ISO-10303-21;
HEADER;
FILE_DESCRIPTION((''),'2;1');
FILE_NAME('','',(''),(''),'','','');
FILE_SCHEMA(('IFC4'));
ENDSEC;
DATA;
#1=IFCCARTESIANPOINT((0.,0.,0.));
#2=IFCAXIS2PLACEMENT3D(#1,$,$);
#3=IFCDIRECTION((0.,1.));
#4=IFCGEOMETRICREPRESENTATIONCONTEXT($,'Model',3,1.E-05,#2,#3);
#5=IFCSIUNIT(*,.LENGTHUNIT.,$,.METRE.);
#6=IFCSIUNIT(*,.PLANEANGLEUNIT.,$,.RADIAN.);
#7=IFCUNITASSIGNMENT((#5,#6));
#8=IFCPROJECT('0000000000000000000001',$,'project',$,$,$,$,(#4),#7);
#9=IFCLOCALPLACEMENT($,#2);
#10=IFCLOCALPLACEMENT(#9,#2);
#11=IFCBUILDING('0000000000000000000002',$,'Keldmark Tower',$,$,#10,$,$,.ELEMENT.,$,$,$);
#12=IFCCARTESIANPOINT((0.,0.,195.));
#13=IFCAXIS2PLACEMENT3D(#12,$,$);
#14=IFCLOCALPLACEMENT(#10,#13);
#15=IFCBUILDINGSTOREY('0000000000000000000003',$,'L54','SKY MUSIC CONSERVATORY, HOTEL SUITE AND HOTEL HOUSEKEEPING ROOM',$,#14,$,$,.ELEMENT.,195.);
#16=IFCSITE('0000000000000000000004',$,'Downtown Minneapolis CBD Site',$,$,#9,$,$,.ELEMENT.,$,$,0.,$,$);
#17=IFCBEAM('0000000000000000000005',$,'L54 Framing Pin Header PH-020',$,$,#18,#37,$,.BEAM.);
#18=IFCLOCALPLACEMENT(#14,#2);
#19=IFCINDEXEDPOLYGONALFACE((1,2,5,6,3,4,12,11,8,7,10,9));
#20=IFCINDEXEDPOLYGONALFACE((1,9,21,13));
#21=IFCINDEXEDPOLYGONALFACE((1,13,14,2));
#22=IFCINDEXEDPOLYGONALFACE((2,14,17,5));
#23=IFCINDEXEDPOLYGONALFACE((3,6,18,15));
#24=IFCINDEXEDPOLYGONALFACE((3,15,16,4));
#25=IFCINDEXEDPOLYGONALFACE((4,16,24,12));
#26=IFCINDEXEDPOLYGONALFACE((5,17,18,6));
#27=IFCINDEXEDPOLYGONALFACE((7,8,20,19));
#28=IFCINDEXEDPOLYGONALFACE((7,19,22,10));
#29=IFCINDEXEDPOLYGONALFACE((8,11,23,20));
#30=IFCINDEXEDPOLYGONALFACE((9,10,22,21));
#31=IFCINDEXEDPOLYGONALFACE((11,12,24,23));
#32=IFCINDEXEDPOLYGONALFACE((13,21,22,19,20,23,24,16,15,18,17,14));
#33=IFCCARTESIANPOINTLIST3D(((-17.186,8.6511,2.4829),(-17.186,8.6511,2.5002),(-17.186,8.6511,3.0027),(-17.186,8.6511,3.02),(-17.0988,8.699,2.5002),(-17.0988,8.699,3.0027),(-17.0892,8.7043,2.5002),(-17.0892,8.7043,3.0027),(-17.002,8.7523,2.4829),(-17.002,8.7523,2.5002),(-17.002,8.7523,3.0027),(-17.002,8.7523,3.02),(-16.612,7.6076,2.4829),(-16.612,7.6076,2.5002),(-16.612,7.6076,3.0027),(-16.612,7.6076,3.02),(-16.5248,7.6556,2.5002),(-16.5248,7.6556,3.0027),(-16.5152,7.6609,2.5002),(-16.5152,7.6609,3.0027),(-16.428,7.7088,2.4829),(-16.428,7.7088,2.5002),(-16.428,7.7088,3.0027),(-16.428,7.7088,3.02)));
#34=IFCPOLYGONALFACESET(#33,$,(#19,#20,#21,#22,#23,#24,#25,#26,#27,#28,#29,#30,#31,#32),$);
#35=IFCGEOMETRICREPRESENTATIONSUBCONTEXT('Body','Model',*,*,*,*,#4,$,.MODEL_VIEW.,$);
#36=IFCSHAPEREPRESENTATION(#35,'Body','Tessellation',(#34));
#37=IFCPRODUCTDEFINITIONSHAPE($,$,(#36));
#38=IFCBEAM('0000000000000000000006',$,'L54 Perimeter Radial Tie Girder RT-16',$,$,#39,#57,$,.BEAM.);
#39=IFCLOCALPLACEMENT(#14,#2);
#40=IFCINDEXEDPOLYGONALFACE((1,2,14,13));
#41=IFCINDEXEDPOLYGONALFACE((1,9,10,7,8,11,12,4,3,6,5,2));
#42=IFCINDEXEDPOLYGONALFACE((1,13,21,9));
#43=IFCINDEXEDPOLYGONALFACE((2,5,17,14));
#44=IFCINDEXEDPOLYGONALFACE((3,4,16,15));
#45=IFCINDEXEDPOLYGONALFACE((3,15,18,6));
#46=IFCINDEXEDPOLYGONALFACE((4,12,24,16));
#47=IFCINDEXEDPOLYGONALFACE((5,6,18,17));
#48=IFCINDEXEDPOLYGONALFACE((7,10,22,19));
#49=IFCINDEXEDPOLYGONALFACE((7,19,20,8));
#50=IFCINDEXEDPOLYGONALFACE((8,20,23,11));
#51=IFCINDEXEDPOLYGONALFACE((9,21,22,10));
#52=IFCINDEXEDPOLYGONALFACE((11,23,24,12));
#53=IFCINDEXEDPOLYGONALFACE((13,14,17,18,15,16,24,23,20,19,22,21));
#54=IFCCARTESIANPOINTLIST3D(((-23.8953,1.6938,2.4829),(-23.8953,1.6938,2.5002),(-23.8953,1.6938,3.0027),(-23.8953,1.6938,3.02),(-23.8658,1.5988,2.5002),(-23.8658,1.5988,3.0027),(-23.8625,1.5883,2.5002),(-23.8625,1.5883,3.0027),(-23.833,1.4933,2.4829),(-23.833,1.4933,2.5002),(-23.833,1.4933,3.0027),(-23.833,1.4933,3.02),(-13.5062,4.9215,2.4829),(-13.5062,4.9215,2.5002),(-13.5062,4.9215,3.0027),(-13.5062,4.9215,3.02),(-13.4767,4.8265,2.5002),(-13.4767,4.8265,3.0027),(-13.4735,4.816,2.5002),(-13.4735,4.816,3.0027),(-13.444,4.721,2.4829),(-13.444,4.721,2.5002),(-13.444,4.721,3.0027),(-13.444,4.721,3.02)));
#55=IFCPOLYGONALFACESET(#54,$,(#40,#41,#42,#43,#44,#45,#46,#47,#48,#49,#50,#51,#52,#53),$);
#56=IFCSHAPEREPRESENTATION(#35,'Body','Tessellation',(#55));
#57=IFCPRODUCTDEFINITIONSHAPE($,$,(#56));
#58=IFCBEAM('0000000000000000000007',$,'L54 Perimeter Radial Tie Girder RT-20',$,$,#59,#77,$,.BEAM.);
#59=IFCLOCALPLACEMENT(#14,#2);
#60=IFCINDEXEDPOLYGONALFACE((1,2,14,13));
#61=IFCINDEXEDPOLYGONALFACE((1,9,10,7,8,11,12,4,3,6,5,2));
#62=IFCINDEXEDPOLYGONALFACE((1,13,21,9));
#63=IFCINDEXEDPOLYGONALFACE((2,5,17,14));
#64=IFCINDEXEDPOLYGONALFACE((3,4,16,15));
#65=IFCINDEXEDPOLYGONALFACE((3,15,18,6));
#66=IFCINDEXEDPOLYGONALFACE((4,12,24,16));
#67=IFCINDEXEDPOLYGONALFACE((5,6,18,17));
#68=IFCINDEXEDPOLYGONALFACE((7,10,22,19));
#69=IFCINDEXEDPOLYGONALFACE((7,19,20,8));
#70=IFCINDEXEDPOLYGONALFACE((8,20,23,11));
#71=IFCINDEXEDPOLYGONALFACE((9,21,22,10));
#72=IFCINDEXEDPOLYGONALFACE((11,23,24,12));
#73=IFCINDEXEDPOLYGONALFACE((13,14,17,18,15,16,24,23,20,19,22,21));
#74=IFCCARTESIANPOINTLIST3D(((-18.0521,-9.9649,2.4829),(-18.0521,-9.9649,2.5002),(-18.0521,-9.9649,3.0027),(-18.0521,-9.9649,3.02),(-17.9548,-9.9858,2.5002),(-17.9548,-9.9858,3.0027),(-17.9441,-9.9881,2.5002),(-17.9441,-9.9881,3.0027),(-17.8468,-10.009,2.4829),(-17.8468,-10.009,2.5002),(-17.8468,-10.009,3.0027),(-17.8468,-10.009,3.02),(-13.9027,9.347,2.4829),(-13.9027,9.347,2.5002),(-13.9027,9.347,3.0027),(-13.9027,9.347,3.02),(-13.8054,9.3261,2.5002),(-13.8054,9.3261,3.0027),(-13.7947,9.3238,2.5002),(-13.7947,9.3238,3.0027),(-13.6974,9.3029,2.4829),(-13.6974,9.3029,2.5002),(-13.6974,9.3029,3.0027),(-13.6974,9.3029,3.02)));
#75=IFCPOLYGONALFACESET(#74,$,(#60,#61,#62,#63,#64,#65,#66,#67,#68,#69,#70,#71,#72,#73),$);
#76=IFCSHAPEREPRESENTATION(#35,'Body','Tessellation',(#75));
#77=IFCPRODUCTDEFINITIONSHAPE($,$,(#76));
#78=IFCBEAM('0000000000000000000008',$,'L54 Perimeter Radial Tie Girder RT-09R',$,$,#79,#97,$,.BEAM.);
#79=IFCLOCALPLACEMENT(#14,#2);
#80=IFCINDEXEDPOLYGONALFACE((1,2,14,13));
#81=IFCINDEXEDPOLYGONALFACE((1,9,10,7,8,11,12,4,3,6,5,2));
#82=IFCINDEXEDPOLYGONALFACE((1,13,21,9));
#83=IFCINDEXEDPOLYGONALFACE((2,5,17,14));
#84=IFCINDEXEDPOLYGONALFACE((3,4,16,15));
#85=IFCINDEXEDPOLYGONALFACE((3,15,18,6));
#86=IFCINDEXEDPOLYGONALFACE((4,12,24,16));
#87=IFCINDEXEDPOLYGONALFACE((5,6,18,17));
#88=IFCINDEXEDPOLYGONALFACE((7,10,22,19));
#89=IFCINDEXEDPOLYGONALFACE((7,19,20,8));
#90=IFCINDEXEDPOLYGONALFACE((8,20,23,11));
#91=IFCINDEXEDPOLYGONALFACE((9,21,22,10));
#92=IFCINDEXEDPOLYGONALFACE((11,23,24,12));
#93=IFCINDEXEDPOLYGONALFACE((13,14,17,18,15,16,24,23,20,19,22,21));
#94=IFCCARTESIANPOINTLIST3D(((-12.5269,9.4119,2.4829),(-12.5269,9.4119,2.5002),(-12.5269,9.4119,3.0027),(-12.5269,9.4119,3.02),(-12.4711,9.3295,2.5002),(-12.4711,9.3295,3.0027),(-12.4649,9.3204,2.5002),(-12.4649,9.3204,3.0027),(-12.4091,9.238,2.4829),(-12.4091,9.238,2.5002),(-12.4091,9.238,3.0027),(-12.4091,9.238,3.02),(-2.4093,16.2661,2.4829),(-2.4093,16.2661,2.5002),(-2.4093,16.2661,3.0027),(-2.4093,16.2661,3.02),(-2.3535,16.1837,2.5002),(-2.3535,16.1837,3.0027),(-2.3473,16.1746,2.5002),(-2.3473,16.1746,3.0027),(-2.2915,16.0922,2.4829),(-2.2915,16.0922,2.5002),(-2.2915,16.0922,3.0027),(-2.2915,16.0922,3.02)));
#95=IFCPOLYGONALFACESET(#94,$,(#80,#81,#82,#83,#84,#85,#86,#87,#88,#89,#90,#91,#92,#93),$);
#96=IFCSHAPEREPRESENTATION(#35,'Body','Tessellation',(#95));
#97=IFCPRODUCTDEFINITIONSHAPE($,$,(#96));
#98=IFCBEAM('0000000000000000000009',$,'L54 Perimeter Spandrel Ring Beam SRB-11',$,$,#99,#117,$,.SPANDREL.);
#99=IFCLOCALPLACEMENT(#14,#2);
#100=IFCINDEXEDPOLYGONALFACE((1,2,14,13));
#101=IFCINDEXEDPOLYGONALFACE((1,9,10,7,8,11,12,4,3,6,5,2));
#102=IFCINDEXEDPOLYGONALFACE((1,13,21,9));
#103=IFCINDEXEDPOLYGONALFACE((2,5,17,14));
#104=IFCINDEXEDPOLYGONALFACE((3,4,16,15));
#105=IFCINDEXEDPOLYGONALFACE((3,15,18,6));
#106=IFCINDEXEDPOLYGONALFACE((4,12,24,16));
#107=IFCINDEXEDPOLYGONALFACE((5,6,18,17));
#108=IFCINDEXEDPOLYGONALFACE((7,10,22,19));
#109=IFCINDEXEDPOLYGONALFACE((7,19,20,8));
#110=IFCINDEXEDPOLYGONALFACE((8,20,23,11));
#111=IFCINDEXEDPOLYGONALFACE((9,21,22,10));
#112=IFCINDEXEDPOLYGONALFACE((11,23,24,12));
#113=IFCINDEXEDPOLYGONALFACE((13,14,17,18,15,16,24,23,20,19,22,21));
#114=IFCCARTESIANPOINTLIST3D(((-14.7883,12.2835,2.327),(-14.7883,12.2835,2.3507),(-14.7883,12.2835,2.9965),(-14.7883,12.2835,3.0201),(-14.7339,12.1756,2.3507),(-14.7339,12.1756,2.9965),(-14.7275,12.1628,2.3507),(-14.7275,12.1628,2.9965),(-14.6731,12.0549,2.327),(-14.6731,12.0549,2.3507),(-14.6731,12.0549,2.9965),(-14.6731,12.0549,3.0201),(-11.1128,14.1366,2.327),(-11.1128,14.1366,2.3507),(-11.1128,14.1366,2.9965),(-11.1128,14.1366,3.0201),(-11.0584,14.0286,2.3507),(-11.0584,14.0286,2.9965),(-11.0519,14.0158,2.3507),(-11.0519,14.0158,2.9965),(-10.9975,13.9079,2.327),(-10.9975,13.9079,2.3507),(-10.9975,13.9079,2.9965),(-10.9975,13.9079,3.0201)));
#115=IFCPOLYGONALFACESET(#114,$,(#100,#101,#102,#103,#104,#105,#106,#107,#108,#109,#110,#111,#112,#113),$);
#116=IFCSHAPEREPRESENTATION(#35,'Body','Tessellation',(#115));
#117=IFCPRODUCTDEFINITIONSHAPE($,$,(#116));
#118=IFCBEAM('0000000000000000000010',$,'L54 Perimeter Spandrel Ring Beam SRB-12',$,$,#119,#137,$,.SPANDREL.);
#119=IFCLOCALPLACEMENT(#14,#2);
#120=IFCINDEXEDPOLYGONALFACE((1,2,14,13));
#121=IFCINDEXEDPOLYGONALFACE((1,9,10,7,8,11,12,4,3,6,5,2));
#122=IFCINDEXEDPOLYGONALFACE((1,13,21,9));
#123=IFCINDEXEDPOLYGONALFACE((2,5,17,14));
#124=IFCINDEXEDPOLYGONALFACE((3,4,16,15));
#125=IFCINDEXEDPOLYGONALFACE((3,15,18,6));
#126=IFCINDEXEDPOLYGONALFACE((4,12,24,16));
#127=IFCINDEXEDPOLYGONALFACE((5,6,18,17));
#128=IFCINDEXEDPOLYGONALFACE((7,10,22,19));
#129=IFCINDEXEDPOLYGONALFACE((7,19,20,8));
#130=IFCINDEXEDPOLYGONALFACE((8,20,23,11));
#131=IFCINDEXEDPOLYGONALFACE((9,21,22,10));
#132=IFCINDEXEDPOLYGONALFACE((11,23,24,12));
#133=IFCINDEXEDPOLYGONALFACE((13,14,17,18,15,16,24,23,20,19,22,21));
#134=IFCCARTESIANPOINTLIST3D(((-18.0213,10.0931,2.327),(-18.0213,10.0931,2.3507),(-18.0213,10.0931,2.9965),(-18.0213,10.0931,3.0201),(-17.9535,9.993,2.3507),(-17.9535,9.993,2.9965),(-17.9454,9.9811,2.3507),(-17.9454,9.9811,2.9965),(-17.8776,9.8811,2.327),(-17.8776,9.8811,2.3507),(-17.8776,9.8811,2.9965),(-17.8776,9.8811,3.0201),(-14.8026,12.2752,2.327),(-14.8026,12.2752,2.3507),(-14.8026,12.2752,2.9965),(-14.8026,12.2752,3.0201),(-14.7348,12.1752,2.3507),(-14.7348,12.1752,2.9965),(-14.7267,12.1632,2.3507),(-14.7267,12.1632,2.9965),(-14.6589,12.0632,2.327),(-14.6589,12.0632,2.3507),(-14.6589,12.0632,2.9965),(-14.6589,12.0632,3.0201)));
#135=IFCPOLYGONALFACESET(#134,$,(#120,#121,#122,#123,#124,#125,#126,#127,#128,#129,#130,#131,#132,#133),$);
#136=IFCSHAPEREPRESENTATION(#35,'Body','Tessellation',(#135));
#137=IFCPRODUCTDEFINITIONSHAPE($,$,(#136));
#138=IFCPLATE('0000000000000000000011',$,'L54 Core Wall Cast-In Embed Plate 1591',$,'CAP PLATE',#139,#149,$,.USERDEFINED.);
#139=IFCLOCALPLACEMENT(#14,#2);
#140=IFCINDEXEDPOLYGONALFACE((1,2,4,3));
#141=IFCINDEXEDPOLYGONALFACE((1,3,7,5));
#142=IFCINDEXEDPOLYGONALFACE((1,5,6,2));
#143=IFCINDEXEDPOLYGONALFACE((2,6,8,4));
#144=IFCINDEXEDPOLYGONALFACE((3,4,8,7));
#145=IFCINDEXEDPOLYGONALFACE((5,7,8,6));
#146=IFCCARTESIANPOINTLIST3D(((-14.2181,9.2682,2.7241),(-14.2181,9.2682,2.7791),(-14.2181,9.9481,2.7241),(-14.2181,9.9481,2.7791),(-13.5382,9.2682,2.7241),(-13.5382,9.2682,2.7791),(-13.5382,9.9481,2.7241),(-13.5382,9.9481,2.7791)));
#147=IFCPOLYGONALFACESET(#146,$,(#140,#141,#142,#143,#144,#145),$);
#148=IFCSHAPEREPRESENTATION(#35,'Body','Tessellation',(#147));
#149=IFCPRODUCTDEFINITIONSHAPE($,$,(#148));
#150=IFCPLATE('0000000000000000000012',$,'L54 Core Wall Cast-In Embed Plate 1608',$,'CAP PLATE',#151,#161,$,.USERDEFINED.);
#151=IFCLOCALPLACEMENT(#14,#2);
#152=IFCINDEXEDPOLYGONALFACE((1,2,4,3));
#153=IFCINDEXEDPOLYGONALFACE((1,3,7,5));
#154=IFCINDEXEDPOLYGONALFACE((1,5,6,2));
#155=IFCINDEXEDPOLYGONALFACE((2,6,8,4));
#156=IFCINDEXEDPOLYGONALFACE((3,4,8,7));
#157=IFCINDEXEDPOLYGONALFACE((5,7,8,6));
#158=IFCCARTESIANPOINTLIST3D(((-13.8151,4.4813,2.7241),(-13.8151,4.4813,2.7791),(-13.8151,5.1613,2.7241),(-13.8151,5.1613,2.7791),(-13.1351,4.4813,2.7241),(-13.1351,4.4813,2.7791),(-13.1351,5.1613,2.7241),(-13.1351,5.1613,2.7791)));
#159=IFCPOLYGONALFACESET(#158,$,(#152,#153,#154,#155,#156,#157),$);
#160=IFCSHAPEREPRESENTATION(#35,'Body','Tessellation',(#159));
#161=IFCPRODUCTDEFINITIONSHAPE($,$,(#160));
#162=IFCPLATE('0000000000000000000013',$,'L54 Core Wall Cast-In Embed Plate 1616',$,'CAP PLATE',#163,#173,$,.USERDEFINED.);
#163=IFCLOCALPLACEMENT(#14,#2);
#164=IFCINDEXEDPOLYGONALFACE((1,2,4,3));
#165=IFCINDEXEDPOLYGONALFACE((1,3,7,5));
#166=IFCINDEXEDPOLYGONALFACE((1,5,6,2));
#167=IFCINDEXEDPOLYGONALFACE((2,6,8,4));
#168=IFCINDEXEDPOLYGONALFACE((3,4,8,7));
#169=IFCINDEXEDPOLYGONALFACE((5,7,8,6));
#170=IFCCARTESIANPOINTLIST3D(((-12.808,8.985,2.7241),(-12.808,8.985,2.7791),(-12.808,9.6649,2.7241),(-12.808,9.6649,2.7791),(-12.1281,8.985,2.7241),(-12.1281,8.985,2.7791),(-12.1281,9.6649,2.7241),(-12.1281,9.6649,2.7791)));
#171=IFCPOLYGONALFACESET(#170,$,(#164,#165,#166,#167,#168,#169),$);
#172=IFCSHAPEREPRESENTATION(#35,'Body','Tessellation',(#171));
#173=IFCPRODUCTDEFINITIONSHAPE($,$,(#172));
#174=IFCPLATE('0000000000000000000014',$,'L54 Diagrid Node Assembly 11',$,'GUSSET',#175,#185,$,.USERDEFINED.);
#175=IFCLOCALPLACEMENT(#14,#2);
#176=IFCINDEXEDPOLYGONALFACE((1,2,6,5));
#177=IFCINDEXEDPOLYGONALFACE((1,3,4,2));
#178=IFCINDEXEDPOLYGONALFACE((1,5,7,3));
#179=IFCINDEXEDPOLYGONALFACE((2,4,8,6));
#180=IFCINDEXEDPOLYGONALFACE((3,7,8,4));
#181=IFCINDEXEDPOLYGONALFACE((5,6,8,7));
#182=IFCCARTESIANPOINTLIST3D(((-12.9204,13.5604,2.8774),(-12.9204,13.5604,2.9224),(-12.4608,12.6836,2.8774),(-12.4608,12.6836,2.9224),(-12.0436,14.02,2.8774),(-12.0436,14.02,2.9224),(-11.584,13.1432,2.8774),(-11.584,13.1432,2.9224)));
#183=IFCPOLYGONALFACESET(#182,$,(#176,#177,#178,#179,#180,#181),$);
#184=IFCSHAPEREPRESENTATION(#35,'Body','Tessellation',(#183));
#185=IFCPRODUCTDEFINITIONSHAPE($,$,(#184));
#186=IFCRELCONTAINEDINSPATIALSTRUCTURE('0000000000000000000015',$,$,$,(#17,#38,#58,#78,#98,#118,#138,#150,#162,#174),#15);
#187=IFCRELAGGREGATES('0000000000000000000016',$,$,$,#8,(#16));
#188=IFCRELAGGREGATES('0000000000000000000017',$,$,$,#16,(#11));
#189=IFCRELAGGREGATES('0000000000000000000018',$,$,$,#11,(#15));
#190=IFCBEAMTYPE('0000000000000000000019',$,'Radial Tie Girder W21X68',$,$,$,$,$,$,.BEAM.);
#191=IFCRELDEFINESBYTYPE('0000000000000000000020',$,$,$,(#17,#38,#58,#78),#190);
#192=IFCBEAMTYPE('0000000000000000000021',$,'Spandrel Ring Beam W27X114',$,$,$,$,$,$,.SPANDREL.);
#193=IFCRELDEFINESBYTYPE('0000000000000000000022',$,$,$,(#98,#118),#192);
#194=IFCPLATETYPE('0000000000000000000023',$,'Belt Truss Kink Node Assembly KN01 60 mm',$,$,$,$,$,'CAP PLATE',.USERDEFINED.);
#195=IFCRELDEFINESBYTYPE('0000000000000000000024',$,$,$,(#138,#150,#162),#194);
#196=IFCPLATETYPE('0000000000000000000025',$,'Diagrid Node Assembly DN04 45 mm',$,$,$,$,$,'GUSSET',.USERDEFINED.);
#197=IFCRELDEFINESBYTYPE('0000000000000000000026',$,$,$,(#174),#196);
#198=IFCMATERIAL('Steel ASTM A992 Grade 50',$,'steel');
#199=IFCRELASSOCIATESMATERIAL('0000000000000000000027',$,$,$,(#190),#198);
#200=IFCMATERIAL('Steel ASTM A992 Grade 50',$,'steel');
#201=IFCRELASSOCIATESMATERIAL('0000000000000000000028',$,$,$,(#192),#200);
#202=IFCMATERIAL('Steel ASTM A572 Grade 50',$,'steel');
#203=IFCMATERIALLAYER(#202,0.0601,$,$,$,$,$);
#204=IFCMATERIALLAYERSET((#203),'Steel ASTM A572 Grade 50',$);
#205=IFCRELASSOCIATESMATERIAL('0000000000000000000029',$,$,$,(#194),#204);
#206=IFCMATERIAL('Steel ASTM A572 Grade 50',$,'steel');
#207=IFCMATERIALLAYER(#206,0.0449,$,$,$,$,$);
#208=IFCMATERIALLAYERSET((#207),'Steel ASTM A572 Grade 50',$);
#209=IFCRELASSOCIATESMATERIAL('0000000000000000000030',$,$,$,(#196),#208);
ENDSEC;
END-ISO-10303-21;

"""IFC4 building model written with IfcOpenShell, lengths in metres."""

from ifc_helpers import new_model, si_unit, direction, frame, origin, origin_2d, place, context, subcontext, project, spatial, rectangle, i_section, extrude, material, layer, layer_set, material_profile, profile_set, type_object, element, save


model = new_model("IFC4")

# Units and contexts
model_context = context("Model", 3, precision=1e-05, world=origin(), true_north=direction((0.0, 1.0)))
body_context = subcontext(model_context, "Body", "Model", "MODEL_VIEW")
ifc_project = project(units=[si_unit("LENGTHUNIT", "METRE"), si_unit("PLANEANGLEUNIT", "RADIAN")], contexts=[model_context])

# Site, building, storey
site_placement = place(None, origin())
site = spatial("IfcSite", under=ifc_project, at=site_placement, Name="Downtown Minneapolis CBD Site", CompositionType="ELEMENT", RefElevation=0.0)
building_placement = place(site_placement, origin())
building = spatial("IfcBuilding", under=site, at=building_placement, Name="Keldmark Tower", CompositionType="ELEMENT")
storey_placement = place(building_placement, frame((0.0, 0.0, 195.0)))
storey = spatial("IfcBuildingStorey", under=building, at=storey_placement, Name="L54", Description="SKY MUSIC CONSERVATORY, HOTEL SUITE AND HOTEL HOUSEKEEPING ROOM", CompositionType="ELEMENT", Elevation=195.0)

# Beams
ifc_material_1 = material(Name="Steel ASTM A992 Grade 50", Category="steel")
ifc_material_profile_1 = material_profile(ifc_material_1, i_section(OverallWidth=0.21, OverallDepth=0.5371, WebThickness=0.011, FlangeThickness=0.0173, at=origin_2d()), Name="W21X68")
ifc_profile_set_1 = profile_set([ifc_material_profile_1], Name="Steel ASTM A992 Grade 50")
beam_type_1 = type_object("IfcBeamType", Name="Radial Tie Girder W21X68", PredefinedType="BEAM", material=ifc_profile_set_1)
beam_1_placement = place(storey_placement, frame((-16.52, 7.6582, 2.7515), z_axis=(-0.481966, 0.87619, 0.0), x_axis=(-0.87619, -0.481966, 0.0)))
element("IfcBeam", 1, at=beam_1_placement, inside=storey, type_object=beam_type_1, Name="L54 Framing Pin Header PH-020", PredefinedType="BEAM", context=body_context, shape_type="SweptSolid", body=[
    extrude(i_section(OverallWidth=0.21, OverallDepth=0.5371, WebThickness=0.011, FlangeThickness=0.0173, at=origin_2d()), origin(), (0.0, 0.0, 1.0), 1.1909),
])
beam_2_placement = place(storey_placement, frame((-13.4751, 4.8213, 2.7515), z_axis=(-0.954971, -0.296698, 0.0), x_axis=(0.296698, -0.954971, 0.0)))
element("IfcBeam", 2, at=beam_2_placement, inside=storey, type_object=beam_type_1, Name="L54 Perimeter Radial Tie Girder RT-16", PredefinedType="BEAM", context=body_context, shape_type="SweptSolid", body=[
    extrude(i_section(OverallWidth=0.21, OverallDepth=0.5371, WebThickness=0.011, FlangeThickness=0.0173, at=origin_2d()), origin(), (0.0, 0.0, 1.0), 10.8789),
])
beam_3_placement = place(storey_placement, frame((-13.8, 9.325, 2.7515), z_axis=(-0.210068, -0.977687, 0.0), x_axis=(0.977687, -0.210068, 0.0)))
element("IfcBeam", 3, at=beam_3_placement, inside=storey, type_object=beam_type_1, Name="L54 Perimeter Radial Tie Girder RT-20", PredefinedType="BEAM", context=body_context, shape_type="SweptSolid", body=[
    extrude(i_section(OverallWidth=0.21, OverallDepth=0.5371, WebThickness=0.011, FlangeThickness=0.0173, at=origin_2d()), origin(), (0.0, 0.0, 1.0), 19.7527),
])
beam_4_placement = place(storey_placement, frame((-12.468, 9.325, 2.7515), z_axis=(0.827906, 0.560867, 0.0), x_axis=(-0.560867, 0.827906, 0.0)))
element("IfcBeam", 4, at=beam_4_placement, inside=storey, type_object=beam_type_1, Name="L54 Perimeter Radial Tie Girder RT-09R", PredefinedType="BEAM", context=body_context, shape_type="SweptSolid", body=[
    extrude(i_section(OverallWidth=0.21, OverallDepth=0.5371, WebThickness=0.011, FlangeThickness=0.0173, at=origin_2d()), origin(), (0.0, 0.0, 1.0), 12.2207),
])
ifc_material_2 = material(Name="Steel ASTM A992 Grade 50", Category="steel")
ifc_material_profile_2 = material_profile(ifc_material_2, i_section(OverallWidth=0.2561, OverallDepth=0.6931, WebThickness=0.0144, FlangeThickness=0.0237, at=origin_2d()), Name="W27X114")
ifc_profile_set_2 = profile_set([ifc_material_profile_2], Name="Steel ASTM A992 Grade 50")
beam_type_2 = type_object("IfcBeamType", Name="Spandrel Ring Beam W27X114", PredefinedType="SPANDREL", material=ifc_profile_set_2)
beam_5_placement = place(storey_placement, frame((-11.0552, 14.0222, 2.6736), z_axis=(-0.892939, -0.450177, 0.0), x_axis=(0.450177, -0.892939, 0.0)))
element("IfcBeam", 5, at=beam_5_placement, inside=storey, type_object=beam_type_2, Name="L54 Perimeter Spandrel Ring Beam SRB-11", PredefinedType="SPANDREL", context=body_context, shape_type="SweptSolid", body=[
    extrude(i_section(OverallWidth=0.2561, OverallDepth=0.6931, WebThickness=0.0144, FlangeThickness=0.0237, at=origin_2d()), origin(), (0.0, 0.0, 1.0), 4.1162),
])
beam_6_placement = place(storey_placement, frame((-14.7307, 12.1692, 2.6736), z_axis=(-0.827717, -0.561145, 0.0), x_axis=(0.561145, -0.827717, 0.0)))
element("IfcBeam", 6, at=beam_6_placement, inside=storey, type_object=beam_type_2, Name="L54 Perimeter Spandrel Ring Beam SRB-12", PredefinedType="SPANDREL", context=body_context, shape_type="SweptSolid", body=[
    extrude(i_section(OverallWidth=0.2561, OverallDepth=0.6931, WebThickness=0.0144, FlangeThickness=0.0237, at=origin_2d()), origin(), (0.0, 0.0, 1.0), 3.8887),
])

# Plates
ifc_material_3 = material(Name="Steel ASTM A572 Grade 50", Category="steel")
ifc_layer_1 = layer(ifc_material_3, 0.0601)
ifc_layer_set_1 = layer_set([ifc_layer_1], Name="Steel ASTM A572 Grade 50")
plate_type_1 = type_object("IfcPlateType", Name="Belt Truss Kink Node Assembly KN01 60 mm", ElementType="CAP PLATE", PredefinedType="USERDEFINED", material=ifc_layer_set_1)
for number, where, z_axis, x_axis, name in (
    (7, (-13.8782, 9.6082, 2.7241), (0.0, 0.0, 1.0), (1.0, 0.0, 0.0), "L54 Core Wall Cast-In Embed Plate 1591"),
    (8, (-13.4751, 4.8213, 2.7241), (0.0, 0.0, 1.0), (1.0, 0.0, 0.0), "L54 Core Wall Cast-In Embed Plate 1608"),
    (9, (-12.468, 9.325, 2.7241), (0.0, 0.0, 1.0), (1.0, 0.0, 0.0), "L54 Core Wall Cast-In Embed Plate 1616"),
):
    element("IfcPlate", number, at=place(storey_placement, frame(where, z_axis=z_axis, x_axis=x_axis)), inside=storey, type_object=plate_type_1, Name=name, ObjectType="CAP PLATE", PredefinedType="USERDEFINED", context=body_context, shape_type="SweptSolid", body=[
        extrude(rectangle(XDim=0.6799, YDim=0.6799, at=origin_2d()), origin(), (0.0, 0.0, 1.0), 0.0549),
    ])
ifc_material_4 = material(Name="Steel ASTM A572 Grade 50", Category="steel")
ifc_layer_2 = layer(ifc_material_4, 0.0449)
ifc_layer_set_2 = layer_set([ifc_layer_2], Name="Steel ASTM A572 Grade 50")
plate_type_2 = type_object("IfcPlateType", Name="Diagrid Node Assembly DN04 45 mm", ElementType="GUSSET", PredefinedType="USERDEFINED", material=ifc_layer_set_2)
plate_placement = place(storey_placement, frame((-12.2522, 13.3518, 2.8774), z_axis=(0.0, 0.0, 1.0), x_axis=(-0.885718, -0.464224, 0.0)))
element("IfcPlate", 10, at=plate_placement, inside=storey, type_object=plate_type_2, Name="L54 Diagrid Node Assembly 11", ObjectType="GUSSET", PredefinedType="USERDEFINED", context=body_context, shape_type="SweptSolid", body=[
    extrude(rectangle(XDim=0.99, YDim=0.99, at=origin_2d()), origin(), (0.0, 0.0, 1.0), 0.0449),
])

save(model, "model.ifc")
